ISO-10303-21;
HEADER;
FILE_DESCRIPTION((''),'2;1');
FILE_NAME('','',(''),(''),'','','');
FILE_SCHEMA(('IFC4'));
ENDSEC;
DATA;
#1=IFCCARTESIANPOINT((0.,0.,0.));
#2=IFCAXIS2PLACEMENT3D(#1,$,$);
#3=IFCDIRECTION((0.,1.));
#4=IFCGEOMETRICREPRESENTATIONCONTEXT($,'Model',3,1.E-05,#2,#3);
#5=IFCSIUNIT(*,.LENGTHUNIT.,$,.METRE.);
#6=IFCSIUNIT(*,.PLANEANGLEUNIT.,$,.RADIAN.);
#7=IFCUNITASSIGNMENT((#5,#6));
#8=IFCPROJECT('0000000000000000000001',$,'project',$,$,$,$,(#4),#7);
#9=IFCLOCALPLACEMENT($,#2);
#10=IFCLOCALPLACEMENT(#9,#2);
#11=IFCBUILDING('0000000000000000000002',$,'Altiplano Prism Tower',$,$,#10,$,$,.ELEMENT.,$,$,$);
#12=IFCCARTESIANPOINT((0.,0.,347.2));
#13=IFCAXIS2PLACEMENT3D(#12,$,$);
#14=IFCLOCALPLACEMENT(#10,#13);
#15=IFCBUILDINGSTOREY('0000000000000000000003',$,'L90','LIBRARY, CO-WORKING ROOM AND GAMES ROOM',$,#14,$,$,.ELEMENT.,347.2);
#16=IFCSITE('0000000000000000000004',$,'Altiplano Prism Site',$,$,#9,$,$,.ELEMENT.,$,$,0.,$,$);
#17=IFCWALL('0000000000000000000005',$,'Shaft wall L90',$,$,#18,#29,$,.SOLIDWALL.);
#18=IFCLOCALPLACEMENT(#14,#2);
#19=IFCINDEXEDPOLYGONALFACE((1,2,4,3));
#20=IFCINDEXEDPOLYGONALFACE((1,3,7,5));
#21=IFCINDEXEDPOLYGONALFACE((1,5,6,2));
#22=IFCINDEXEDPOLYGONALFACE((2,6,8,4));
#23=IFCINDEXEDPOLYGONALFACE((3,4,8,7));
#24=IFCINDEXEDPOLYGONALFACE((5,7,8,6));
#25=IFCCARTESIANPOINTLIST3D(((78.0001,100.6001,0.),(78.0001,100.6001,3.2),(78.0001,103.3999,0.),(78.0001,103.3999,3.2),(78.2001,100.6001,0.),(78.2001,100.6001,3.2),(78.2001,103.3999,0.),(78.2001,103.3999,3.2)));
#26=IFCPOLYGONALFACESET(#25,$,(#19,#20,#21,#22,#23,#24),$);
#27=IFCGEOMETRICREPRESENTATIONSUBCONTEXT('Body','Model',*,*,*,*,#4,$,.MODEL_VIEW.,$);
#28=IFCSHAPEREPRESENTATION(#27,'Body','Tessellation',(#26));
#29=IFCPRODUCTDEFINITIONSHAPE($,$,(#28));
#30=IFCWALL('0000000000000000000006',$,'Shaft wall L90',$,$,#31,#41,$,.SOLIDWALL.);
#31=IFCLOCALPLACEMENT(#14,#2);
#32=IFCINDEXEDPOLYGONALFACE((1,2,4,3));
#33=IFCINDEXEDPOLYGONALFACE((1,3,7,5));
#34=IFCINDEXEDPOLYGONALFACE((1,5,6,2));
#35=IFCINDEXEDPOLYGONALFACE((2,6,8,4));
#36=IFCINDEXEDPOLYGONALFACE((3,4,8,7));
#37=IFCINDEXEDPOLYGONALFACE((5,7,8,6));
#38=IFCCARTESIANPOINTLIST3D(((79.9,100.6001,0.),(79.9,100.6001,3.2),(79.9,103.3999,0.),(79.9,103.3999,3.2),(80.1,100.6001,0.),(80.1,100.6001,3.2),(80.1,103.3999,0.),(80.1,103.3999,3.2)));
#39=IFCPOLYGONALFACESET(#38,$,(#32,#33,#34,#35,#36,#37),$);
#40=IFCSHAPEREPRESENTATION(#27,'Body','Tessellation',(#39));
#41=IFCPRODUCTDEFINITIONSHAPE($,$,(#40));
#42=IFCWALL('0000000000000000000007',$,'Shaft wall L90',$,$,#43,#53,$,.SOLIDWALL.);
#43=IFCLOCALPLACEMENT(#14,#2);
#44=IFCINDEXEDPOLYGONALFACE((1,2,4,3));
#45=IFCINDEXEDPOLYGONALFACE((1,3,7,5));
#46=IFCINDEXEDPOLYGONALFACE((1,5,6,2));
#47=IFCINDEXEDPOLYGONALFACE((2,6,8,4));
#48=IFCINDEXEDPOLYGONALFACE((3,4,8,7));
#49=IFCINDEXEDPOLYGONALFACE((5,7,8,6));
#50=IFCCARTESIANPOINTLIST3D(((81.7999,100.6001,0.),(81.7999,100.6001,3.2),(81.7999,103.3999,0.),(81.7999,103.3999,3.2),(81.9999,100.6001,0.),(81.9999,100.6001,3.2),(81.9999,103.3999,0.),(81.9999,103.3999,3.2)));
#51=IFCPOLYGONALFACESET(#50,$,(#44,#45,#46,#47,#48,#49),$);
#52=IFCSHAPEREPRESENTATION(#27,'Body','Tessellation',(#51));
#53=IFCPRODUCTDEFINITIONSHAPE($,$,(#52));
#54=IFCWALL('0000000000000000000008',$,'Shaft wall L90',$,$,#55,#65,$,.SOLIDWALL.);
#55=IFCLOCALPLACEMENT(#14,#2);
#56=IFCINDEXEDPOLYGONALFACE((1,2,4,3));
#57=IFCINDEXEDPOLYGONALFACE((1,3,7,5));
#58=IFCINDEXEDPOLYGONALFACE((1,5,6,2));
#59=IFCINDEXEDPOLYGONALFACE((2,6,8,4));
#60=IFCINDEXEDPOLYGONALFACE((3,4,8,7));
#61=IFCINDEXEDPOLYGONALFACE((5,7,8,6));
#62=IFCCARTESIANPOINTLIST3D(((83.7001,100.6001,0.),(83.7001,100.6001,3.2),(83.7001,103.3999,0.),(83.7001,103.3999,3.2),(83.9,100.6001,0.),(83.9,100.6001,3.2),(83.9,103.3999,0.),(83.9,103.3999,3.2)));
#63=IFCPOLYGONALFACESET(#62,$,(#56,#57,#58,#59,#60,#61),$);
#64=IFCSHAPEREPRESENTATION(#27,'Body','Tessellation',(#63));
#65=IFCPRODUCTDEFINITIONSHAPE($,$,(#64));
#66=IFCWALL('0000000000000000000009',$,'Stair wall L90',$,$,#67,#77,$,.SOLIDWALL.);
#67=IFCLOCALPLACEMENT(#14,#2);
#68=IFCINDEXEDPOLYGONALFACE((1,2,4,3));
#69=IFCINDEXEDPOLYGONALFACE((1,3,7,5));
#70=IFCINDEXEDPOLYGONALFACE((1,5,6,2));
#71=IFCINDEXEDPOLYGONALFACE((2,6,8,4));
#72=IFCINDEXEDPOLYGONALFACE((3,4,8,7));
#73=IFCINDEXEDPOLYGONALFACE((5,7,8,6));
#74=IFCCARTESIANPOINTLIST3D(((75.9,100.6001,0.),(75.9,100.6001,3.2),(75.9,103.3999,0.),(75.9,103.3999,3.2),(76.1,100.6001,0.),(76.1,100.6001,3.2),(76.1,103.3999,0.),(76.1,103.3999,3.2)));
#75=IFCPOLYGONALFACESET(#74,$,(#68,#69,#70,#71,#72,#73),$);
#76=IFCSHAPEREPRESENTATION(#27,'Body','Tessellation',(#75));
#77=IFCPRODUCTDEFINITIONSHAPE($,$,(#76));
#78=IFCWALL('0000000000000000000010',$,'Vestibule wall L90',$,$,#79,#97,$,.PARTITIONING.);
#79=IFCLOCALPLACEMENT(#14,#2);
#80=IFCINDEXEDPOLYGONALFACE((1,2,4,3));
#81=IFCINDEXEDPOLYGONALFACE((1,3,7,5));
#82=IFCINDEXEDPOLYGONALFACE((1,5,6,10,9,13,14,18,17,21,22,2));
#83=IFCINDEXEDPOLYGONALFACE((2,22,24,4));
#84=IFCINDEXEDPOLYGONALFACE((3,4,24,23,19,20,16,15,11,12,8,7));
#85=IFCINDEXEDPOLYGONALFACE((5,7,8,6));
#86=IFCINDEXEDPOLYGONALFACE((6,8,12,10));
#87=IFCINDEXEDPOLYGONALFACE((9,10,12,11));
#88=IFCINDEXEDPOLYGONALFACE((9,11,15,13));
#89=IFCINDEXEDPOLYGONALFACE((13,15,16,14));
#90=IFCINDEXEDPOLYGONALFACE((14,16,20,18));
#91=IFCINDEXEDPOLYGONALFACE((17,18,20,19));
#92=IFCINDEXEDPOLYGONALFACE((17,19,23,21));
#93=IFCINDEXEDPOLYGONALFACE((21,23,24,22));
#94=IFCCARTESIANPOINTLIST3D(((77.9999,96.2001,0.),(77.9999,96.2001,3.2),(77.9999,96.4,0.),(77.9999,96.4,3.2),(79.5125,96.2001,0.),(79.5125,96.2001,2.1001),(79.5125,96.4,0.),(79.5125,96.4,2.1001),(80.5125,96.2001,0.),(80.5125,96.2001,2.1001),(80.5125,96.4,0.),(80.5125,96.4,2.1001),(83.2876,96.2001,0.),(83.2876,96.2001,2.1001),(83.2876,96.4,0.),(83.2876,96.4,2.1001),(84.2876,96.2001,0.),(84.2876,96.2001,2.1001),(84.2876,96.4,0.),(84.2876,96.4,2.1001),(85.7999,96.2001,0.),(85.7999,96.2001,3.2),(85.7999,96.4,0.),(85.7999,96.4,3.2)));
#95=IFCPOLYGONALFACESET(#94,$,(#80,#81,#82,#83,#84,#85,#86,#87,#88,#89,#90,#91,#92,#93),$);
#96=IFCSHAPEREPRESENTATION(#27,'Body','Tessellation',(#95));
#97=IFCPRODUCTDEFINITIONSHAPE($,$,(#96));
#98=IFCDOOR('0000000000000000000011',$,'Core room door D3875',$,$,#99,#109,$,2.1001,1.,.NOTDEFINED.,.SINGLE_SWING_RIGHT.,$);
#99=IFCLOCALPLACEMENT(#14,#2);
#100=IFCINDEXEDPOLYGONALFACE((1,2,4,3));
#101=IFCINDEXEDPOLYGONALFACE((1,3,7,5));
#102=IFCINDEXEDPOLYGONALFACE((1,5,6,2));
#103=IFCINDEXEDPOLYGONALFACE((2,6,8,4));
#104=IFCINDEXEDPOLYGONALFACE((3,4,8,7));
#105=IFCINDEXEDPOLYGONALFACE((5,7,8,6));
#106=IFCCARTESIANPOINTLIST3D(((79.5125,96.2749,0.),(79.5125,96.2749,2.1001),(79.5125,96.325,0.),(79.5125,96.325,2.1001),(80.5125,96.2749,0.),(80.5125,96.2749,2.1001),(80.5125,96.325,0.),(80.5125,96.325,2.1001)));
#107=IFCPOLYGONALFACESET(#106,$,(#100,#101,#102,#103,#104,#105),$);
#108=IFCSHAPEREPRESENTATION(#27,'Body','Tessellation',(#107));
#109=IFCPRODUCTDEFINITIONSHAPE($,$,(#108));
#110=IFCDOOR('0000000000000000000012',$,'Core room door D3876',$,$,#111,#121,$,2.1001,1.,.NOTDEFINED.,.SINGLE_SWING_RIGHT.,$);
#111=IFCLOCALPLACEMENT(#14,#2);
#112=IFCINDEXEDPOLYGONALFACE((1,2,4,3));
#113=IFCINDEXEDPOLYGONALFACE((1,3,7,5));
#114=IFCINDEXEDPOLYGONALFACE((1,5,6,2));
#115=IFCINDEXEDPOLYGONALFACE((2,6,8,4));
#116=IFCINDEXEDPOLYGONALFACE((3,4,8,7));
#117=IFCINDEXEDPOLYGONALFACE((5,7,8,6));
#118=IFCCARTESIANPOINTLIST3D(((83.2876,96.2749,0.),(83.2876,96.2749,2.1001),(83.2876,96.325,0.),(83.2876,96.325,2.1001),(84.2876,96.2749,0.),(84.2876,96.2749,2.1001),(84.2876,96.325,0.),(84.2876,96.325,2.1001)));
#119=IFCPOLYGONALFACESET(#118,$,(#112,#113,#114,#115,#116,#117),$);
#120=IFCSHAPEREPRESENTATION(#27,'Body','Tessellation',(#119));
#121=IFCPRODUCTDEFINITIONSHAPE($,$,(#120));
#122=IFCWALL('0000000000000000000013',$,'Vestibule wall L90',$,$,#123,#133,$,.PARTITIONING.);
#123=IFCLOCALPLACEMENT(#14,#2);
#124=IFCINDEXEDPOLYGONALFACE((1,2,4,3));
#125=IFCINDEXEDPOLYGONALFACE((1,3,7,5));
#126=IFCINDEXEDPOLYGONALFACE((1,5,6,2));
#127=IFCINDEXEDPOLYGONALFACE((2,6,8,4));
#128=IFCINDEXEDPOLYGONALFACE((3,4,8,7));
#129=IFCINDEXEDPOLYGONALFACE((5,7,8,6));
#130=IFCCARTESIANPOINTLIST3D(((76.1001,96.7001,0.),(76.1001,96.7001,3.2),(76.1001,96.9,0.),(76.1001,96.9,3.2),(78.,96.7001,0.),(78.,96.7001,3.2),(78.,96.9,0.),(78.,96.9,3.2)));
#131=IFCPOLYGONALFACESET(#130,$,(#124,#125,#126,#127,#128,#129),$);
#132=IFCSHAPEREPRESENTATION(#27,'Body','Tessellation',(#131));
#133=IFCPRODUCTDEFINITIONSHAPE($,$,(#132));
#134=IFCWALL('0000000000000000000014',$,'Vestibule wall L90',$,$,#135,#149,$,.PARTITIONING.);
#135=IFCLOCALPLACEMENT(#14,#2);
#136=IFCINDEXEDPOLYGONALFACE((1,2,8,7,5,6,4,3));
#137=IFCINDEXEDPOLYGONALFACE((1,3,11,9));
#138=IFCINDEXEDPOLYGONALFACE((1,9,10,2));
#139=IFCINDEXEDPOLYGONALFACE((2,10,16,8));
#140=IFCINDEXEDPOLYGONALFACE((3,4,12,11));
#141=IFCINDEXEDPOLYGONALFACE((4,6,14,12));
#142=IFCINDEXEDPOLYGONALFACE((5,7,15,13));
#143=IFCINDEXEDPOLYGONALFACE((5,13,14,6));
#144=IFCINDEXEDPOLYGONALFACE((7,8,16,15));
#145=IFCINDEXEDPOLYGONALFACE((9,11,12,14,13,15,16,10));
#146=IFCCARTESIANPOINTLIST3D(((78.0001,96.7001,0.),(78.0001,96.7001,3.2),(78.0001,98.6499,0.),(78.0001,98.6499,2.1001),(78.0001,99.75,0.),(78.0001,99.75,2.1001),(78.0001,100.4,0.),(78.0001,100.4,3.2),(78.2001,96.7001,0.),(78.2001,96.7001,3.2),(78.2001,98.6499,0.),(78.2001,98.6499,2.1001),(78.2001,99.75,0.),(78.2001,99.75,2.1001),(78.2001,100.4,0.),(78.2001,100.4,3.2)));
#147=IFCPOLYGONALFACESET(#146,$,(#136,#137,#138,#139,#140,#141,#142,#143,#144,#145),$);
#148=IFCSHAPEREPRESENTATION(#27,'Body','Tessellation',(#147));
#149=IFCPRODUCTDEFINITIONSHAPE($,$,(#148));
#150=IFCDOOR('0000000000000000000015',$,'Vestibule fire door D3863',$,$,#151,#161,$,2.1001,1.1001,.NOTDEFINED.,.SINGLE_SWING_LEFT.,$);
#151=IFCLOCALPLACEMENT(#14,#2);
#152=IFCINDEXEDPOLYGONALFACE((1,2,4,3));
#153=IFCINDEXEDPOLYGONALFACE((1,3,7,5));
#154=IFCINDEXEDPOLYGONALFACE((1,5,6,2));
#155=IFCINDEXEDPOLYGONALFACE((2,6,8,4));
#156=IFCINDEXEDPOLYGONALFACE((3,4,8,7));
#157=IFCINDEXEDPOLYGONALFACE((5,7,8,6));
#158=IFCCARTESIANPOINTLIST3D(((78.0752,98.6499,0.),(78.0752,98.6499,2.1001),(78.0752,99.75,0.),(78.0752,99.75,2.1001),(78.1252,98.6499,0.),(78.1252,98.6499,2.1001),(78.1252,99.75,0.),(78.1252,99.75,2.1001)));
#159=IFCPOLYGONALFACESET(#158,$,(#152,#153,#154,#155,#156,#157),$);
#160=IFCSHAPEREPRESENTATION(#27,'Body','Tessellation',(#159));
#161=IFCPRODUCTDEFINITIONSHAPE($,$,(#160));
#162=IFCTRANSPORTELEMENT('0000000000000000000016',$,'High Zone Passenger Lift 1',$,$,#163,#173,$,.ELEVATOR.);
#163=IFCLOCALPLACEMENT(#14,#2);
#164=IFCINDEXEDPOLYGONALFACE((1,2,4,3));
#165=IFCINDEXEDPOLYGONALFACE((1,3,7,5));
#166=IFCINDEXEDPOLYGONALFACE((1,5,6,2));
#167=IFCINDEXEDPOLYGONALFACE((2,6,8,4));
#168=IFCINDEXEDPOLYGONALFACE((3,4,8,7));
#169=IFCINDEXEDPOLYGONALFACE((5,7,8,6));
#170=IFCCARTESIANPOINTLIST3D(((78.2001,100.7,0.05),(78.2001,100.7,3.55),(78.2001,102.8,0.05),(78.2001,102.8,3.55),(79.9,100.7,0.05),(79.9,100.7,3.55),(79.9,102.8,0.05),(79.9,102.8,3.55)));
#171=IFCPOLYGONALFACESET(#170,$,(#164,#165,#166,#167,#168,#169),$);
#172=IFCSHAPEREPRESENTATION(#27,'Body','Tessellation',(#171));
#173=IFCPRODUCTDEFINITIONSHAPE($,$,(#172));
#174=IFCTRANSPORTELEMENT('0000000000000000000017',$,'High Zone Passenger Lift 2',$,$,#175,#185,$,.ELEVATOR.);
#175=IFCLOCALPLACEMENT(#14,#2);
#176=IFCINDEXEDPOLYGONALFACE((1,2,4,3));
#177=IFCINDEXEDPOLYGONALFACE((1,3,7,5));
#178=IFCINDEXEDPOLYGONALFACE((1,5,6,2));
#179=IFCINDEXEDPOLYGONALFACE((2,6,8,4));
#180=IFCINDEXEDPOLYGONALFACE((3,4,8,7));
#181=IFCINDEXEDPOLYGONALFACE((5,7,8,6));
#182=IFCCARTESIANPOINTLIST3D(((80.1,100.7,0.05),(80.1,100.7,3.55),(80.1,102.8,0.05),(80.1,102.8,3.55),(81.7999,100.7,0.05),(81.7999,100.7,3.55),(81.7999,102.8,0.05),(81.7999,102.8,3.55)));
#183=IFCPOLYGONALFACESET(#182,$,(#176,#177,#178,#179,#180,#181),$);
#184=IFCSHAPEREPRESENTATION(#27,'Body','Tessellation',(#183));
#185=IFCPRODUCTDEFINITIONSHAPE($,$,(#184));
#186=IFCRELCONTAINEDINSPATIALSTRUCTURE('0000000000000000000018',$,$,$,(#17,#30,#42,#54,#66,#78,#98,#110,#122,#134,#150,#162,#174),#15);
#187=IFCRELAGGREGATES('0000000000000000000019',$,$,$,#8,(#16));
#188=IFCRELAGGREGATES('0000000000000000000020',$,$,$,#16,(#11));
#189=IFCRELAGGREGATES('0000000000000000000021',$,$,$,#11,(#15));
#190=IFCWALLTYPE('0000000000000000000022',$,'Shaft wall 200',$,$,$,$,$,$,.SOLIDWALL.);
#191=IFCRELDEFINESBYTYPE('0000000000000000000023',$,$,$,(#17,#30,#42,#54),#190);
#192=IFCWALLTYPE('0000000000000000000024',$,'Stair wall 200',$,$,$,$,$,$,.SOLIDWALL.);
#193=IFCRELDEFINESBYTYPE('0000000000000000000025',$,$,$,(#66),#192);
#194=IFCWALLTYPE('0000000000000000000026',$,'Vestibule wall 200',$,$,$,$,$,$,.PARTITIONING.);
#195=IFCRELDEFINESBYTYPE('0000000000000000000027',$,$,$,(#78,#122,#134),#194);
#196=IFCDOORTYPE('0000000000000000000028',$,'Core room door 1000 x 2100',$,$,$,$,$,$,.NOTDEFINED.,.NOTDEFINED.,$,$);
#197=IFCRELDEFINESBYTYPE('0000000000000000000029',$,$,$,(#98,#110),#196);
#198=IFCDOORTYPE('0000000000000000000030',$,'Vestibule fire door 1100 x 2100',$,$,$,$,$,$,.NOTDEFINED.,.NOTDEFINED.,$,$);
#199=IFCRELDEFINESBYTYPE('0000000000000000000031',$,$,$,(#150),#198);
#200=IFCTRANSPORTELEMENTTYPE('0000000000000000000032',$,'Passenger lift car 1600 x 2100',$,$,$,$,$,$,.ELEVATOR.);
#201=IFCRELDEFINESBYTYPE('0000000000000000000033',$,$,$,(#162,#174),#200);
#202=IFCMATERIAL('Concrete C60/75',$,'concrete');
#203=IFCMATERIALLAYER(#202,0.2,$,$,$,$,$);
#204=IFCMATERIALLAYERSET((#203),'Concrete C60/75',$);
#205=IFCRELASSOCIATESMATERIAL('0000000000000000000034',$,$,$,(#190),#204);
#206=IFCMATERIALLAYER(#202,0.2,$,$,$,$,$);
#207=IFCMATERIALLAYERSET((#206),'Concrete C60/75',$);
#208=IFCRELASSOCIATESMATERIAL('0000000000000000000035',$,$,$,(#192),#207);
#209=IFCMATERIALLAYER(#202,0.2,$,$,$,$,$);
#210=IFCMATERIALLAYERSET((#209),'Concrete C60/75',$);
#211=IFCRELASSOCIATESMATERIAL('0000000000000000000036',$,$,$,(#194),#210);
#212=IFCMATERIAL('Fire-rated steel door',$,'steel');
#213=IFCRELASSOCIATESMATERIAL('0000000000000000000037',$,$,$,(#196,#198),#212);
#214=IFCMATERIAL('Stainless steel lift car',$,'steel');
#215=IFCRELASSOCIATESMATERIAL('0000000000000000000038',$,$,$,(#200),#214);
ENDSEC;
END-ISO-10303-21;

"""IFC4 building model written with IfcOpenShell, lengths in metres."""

from ifc_helpers import new_model, si_unit, direction, frame, frame_2d, origin, origin_2d, place, context, subcontext, project, spatial, rectangle, extrude, material, layer, layer_set, type_object, element, fill, save


model = new_model("IFC4")

# Units and contexts
model_context = context("Model", 3, precision=1e-05, world=origin(), true_north=direction((0.0, 1.0)))
body_context = subcontext(model_context, "Body", "Model", "MODEL_VIEW")
ifc_project = project(units=[si_unit("LENGTHUNIT", "METRE"), si_unit("PLANEANGLEUNIT", "RADIAN")], contexts=[model_context])

# Site, building, storey
site_placement = place(None, origin())
site = spatial("IfcSite", under=ifc_project, at=site_placement, Name="Altiplano Prism Site", CompositionType="ELEMENT", RefElevation=0.0)
building_placement = place(site_placement, origin())
building = spatial("IfcBuilding", under=site, at=building_placement, Name="Altiplano Prism Tower", CompositionType="ELEMENT")
storey_placement = place(building_placement, frame((0.0, 0.0, 347.2)))
storey = spatial("IfcBuildingStorey", under=building, at=storey_placement, Name="L90", Description="LIBRARY, CO-WORKING ROOM AND GAMES ROOM", CompositionType="ELEMENT", Elevation=347.2)

# Walls
ifc_material_1 = material(Name="Concrete C60/75", Category="concrete")
ifc_layer_1 = layer(ifc_material_1, 0.2)
ifc_layer_set_1 = layer_set([ifc_layer_1], Name="Concrete C60/75")
wall_type_1 = type_object("IfcWallType", Name="Shaft wall 200", PredefinedType="SOLIDWALL", material=ifc_layer_set_1)
for number, where, z_axis, x_axis, name in (
    (1, (78.1001, 100.6001, 0.0), (0.0, 0.0, 1.0), (0.0, 1.0, 0.0), "Shaft wall L90"),
    (2, (80.0, 100.6001, 0.0), (0.0, 0.0, 1.0), (0.0, 1.0, 0.0), "Shaft wall L90"),
    (3, (81.8999, 100.6001, 0.0), (0.0, 0.0, 1.0), (0.0, 1.0, 0.0), "Shaft wall L90"),
    (4, (83.8, 100.6001, 0.0), (0.0, 0.0, 1.0), (0.0, 1.0, 0.0), "Shaft wall L90"),
):
    element("IfcWall", number, at=place(storey_placement, frame(where, z_axis=z_axis, x_axis=x_axis)), inside=storey, type_object=wall_type_1, Name=name, PredefinedType="SOLIDWALL", context=body_context, shape_type="SweptSolid", body=[
        extrude(rectangle(XDim=2.7998, YDim=0.2, at=frame_2d((1.3999, 0.0))), origin(), (0.0, 0.0, 1.0), 3.2),
    ])
ifc_layer_2 = layer(ifc_material_1, 0.2)
ifc_layer_set_2 = layer_set([ifc_layer_2], Name="Concrete C60/75")
wall_type_2 = type_object("IfcWallType", Name="Stair wall 200", PredefinedType="SOLIDWALL", material=ifc_layer_set_2)
wall_1_placement = place(storey_placement, frame((76.0, 100.6001, 0.0), z_axis=(0.0, 0.0, 1.0), x_axis=(0.0, 1.0, 0.0)))
element("IfcWall", 5, at=wall_1_placement, inside=storey, type_object=wall_type_2, Name="Stair wall L90", PredefinedType="SOLIDWALL", context=body_context, shape_type="SweptSolid", body=[
    extrude(rectangle(XDim=2.7998, YDim=0.2, at=frame_2d((1.3999, 0.0))), origin(), (0.0, 0.0, 1.0), 3.2),
])

# Wall, openings, doors
ifc_layer_3 = layer(ifc_material_1, 0.2)
ifc_layer_set_3 = layer_set([ifc_layer_3], Name="Concrete C60/75")
wall_type_3 = type_object("IfcWallType", Name="Vestibule wall 200", PredefinedType="PARTITIONING", material=ifc_layer_set_3)
wall_2_placement = place(storey_placement, frame((78.0, 96.3, 0.0), z_axis=(0.0, 0.0, 1.0), x_axis=(1.0, 0.0, 0.0)))
wall_2 = element("IfcWall", 6, at=wall_2_placement, inside=storey, type_object=wall_type_3, Name="Vestibule wall L90", PredefinedType="PARTITIONING", context=body_context, shape_type="SweptSolid", body=[
    extrude(rectangle(XDim=7.8, YDim=0.2, at=frame_2d((3.8999, 0.0))), origin(), (0.0, 0.0, 1.0), 3.2),
])
opening_1_placement = place(wall_2_placement, frame((1.5125, 0.0, 0.0)))
opening_1 = element("IfcOpeningElement", 7, at=opening_1_placement, cuts=wall_2, PredefinedType="OPENING", context=body_context, shape_type="SweptSolid", body=[
    extrude(rectangle(XDim=1.0, YDim=2.1001, at=frame_2d((0.5, 1.05))), frame((0.0, 0.1104, 0.0), z_axis=(0.0, -1.0, 0.0), x_axis=(1.0, 0.0, 0.0)), (0.0, 0.0, 1.0), 0.2209),
])
opening_2_placement = place(wall_2_placement, frame((5.2876, 0.0, 0.0)))
opening_2 = element("IfcOpeningElement", 8, at=opening_2_placement, cuts=wall_2, PredefinedType="OPENING", context=body_context, shape_type="SweptSolid", body=[
    extrude(rectangle(XDim=1.0, YDim=2.1001, at=frame_2d((0.5, 1.05))), frame((0.0, 0.1104, 0.0), z_axis=(0.0, -1.0, 0.0), x_axis=(1.0, 0.0, 0.0)), (0.0, 0.0, 1.0), 0.2209),
])
ifc_material_2 = material(Name="Fire-rated steel door", Category="steel")
door_type_1 = type_object("IfcDoorType", Name="Core room door 1000 x 2100", OperationType="NOTDEFINED", PredefinedType="NOTDEFINED", material=ifc_material_2)
door_1_placement = place(opening_1_placement, origin())
door_1 = element("IfcDoor", 9, at=door_1_placement, inside=storey, type_object=door_type_1, Name="Core room door D3875", OperationType="SINGLE_SWING_RIGHT", OverallHeight=2.1001, OverallWidth=1.0, PredefinedType="NOTDEFINED", context=body_context, shape_type="SweptSolid", body=[
    extrude(rectangle(XDim=1.0, YDim=2.1001, at=frame_2d((0.5, 1.05))), frame((0.0, 0.0249, 0.0), z_axis=(0.0, -1.0, 0.0), x_axis=(1.0, 0.0, 0.0)), (0.0, 0.0, 1.0), 0.05),
])
fill(opening_1, door_1)
door_2_placement = place(opening_2_placement, origin())
door_2 = element("IfcDoor", 10, at=door_2_placement, inside=storey, type_object=door_type_1, Name="Core room door D3876", OperationType="SINGLE_SWING_RIGHT", OverallHeight=2.1001, OverallWidth=1.0, PredefinedType="NOTDEFINED", context=body_context, shape_type="SweptSolid", body=[
    extrude(rectangle(XDim=1.0, YDim=2.1001, at=frame_2d((0.5, 1.05))), frame((0.0, 0.0249, 0.0), z_axis=(0.0, -1.0, 0.0), x_axis=(1.0, 0.0, 0.0)), (0.0, 0.0, 1.0), 0.05),
])
fill(opening_2, door_2)

# Wall
wall_3_placement = place(storey_placement, frame((76.1001, 96.8, 0.0), z_axis=(0.0, 0.0, 1.0), x_axis=(1.0, 0.0, 0.0)))
element("IfcWall", 11, at=wall_3_placement, inside=storey, type_object=wall_type_3, Name="Vestibule wall L90", PredefinedType="PARTITIONING", context=body_context, shape_type="SweptSolid", body=[
    extrude(rectangle(XDim=1.8999, YDim=0.2, at=frame_2d((0.95, 0.0))), origin(), (0.0, 0.0, 1.0), 3.2),
])

# Wall, opening, door
wall_4_placement = place(storey_placement, frame((78.1001, 96.7, 0.0), z_axis=(0.0, 0.0, 1.0), x_axis=(0.0, 1.0, 0.0)))
wall_4 = element("IfcWall", 12, at=wall_4_placement, inside=storey, type_object=wall_type_3, Name="Vestibule wall L90", PredefinedType="PARTITIONING", context=body_context, shape_type="SweptSolid", body=[
    extrude(rectangle(XDim=3.7, YDim=0.2, at=frame_2d((1.8501, 0.0))), origin(), (0.0, 0.0, 1.0), 3.2),
])
opening_3_placement = place(wall_4_placement, frame((1.95, 0.0, 0.0)))
opening_3 = element("IfcOpeningElement", 13, at=opening_3_placement, cuts=wall_4, PredefinedType="OPENING", context=body_context, shape_type="SweptSolid", body=[
    extrude(rectangle(XDim=1.1001, YDim=2.1001, at=frame_2d((0.55, 1.05))), frame((0.0, 0.1104, 0.0), z_axis=(0.0, -1.0, 0.0), x_axis=(1.0, 0.0, 0.0)), (0.0, 0.0, 1.0), 0.2209),
])
door_type_2 = type_object("IfcDoorType", Name="Vestibule fire door 1100 x 2100", OperationType="NOTDEFINED", PredefinedType="NOTDEFINED", material=ifc_material_2)
door_3_placement = place(opening_3_placement, origin())
door_3 = element("IfcDoor", 14, at=door_3_placement, inside=storey, type_object=door_type_2, Name="Vestibule fire door D3863", OperationType="SINGLE_SWING_LEFT", OverallHeight=2.1001, OverallWidth=1.1001, PredefinedType="NOTDEFINED", context=body_context, shape_type="SweptSolid", body=[
    extrude(rectangle(XDim=1.1001, YDim=2.1001, at=frame_2d((0.55, 1.05))), frame((0.0, 0.0249, 0.0), z_axis=(0.0, -1.0, 0.0), x_axis=(1.0, 0.0, 0.0)), (0.0, 0.0, 1.0), 0.05),
])
fill(opening_3, door_3)

# Transport elements
ifc_material_3 = material(Name="Stainless steel lift car", Category="steel")
transport_element_type = type_object("IfcTransportElementType", Name="Passenger lift car 1600 x 2100", PredefinedType="ELEVATOR", material=ifc_material_3)
for number, where, z_axis, x_axis, name in (
    (15, (79.05, 101.75, 0.05), (0.0, 0.0, 1.0), (1.0, 0.0, 0.0), "High Zone Passenger Lift 1"),
    (16, (80.95, 101.75, 0.05), (0.0, 0.0, 1.0), (1.0, 0.0, 0.0), "High Zone Passenger Lift 2"),
):
    element("IfcTransportElement", number, at=place(storey_placement, frame(where, z_axis=z_axis, x_axis=x_axis)), inside=storey, type_object=transport_element_type, Name=name, PredefinedType="ELEVATOR", context=body_context, shape_type="SweptSolid", body=[
        extrude(rectangle(XDim=1.7, YDim=2.1001, at=origin_2d()), origin(), (0.0, 0.0, 1.0), 3.5),
    ])

save(model, "model.ifc")
